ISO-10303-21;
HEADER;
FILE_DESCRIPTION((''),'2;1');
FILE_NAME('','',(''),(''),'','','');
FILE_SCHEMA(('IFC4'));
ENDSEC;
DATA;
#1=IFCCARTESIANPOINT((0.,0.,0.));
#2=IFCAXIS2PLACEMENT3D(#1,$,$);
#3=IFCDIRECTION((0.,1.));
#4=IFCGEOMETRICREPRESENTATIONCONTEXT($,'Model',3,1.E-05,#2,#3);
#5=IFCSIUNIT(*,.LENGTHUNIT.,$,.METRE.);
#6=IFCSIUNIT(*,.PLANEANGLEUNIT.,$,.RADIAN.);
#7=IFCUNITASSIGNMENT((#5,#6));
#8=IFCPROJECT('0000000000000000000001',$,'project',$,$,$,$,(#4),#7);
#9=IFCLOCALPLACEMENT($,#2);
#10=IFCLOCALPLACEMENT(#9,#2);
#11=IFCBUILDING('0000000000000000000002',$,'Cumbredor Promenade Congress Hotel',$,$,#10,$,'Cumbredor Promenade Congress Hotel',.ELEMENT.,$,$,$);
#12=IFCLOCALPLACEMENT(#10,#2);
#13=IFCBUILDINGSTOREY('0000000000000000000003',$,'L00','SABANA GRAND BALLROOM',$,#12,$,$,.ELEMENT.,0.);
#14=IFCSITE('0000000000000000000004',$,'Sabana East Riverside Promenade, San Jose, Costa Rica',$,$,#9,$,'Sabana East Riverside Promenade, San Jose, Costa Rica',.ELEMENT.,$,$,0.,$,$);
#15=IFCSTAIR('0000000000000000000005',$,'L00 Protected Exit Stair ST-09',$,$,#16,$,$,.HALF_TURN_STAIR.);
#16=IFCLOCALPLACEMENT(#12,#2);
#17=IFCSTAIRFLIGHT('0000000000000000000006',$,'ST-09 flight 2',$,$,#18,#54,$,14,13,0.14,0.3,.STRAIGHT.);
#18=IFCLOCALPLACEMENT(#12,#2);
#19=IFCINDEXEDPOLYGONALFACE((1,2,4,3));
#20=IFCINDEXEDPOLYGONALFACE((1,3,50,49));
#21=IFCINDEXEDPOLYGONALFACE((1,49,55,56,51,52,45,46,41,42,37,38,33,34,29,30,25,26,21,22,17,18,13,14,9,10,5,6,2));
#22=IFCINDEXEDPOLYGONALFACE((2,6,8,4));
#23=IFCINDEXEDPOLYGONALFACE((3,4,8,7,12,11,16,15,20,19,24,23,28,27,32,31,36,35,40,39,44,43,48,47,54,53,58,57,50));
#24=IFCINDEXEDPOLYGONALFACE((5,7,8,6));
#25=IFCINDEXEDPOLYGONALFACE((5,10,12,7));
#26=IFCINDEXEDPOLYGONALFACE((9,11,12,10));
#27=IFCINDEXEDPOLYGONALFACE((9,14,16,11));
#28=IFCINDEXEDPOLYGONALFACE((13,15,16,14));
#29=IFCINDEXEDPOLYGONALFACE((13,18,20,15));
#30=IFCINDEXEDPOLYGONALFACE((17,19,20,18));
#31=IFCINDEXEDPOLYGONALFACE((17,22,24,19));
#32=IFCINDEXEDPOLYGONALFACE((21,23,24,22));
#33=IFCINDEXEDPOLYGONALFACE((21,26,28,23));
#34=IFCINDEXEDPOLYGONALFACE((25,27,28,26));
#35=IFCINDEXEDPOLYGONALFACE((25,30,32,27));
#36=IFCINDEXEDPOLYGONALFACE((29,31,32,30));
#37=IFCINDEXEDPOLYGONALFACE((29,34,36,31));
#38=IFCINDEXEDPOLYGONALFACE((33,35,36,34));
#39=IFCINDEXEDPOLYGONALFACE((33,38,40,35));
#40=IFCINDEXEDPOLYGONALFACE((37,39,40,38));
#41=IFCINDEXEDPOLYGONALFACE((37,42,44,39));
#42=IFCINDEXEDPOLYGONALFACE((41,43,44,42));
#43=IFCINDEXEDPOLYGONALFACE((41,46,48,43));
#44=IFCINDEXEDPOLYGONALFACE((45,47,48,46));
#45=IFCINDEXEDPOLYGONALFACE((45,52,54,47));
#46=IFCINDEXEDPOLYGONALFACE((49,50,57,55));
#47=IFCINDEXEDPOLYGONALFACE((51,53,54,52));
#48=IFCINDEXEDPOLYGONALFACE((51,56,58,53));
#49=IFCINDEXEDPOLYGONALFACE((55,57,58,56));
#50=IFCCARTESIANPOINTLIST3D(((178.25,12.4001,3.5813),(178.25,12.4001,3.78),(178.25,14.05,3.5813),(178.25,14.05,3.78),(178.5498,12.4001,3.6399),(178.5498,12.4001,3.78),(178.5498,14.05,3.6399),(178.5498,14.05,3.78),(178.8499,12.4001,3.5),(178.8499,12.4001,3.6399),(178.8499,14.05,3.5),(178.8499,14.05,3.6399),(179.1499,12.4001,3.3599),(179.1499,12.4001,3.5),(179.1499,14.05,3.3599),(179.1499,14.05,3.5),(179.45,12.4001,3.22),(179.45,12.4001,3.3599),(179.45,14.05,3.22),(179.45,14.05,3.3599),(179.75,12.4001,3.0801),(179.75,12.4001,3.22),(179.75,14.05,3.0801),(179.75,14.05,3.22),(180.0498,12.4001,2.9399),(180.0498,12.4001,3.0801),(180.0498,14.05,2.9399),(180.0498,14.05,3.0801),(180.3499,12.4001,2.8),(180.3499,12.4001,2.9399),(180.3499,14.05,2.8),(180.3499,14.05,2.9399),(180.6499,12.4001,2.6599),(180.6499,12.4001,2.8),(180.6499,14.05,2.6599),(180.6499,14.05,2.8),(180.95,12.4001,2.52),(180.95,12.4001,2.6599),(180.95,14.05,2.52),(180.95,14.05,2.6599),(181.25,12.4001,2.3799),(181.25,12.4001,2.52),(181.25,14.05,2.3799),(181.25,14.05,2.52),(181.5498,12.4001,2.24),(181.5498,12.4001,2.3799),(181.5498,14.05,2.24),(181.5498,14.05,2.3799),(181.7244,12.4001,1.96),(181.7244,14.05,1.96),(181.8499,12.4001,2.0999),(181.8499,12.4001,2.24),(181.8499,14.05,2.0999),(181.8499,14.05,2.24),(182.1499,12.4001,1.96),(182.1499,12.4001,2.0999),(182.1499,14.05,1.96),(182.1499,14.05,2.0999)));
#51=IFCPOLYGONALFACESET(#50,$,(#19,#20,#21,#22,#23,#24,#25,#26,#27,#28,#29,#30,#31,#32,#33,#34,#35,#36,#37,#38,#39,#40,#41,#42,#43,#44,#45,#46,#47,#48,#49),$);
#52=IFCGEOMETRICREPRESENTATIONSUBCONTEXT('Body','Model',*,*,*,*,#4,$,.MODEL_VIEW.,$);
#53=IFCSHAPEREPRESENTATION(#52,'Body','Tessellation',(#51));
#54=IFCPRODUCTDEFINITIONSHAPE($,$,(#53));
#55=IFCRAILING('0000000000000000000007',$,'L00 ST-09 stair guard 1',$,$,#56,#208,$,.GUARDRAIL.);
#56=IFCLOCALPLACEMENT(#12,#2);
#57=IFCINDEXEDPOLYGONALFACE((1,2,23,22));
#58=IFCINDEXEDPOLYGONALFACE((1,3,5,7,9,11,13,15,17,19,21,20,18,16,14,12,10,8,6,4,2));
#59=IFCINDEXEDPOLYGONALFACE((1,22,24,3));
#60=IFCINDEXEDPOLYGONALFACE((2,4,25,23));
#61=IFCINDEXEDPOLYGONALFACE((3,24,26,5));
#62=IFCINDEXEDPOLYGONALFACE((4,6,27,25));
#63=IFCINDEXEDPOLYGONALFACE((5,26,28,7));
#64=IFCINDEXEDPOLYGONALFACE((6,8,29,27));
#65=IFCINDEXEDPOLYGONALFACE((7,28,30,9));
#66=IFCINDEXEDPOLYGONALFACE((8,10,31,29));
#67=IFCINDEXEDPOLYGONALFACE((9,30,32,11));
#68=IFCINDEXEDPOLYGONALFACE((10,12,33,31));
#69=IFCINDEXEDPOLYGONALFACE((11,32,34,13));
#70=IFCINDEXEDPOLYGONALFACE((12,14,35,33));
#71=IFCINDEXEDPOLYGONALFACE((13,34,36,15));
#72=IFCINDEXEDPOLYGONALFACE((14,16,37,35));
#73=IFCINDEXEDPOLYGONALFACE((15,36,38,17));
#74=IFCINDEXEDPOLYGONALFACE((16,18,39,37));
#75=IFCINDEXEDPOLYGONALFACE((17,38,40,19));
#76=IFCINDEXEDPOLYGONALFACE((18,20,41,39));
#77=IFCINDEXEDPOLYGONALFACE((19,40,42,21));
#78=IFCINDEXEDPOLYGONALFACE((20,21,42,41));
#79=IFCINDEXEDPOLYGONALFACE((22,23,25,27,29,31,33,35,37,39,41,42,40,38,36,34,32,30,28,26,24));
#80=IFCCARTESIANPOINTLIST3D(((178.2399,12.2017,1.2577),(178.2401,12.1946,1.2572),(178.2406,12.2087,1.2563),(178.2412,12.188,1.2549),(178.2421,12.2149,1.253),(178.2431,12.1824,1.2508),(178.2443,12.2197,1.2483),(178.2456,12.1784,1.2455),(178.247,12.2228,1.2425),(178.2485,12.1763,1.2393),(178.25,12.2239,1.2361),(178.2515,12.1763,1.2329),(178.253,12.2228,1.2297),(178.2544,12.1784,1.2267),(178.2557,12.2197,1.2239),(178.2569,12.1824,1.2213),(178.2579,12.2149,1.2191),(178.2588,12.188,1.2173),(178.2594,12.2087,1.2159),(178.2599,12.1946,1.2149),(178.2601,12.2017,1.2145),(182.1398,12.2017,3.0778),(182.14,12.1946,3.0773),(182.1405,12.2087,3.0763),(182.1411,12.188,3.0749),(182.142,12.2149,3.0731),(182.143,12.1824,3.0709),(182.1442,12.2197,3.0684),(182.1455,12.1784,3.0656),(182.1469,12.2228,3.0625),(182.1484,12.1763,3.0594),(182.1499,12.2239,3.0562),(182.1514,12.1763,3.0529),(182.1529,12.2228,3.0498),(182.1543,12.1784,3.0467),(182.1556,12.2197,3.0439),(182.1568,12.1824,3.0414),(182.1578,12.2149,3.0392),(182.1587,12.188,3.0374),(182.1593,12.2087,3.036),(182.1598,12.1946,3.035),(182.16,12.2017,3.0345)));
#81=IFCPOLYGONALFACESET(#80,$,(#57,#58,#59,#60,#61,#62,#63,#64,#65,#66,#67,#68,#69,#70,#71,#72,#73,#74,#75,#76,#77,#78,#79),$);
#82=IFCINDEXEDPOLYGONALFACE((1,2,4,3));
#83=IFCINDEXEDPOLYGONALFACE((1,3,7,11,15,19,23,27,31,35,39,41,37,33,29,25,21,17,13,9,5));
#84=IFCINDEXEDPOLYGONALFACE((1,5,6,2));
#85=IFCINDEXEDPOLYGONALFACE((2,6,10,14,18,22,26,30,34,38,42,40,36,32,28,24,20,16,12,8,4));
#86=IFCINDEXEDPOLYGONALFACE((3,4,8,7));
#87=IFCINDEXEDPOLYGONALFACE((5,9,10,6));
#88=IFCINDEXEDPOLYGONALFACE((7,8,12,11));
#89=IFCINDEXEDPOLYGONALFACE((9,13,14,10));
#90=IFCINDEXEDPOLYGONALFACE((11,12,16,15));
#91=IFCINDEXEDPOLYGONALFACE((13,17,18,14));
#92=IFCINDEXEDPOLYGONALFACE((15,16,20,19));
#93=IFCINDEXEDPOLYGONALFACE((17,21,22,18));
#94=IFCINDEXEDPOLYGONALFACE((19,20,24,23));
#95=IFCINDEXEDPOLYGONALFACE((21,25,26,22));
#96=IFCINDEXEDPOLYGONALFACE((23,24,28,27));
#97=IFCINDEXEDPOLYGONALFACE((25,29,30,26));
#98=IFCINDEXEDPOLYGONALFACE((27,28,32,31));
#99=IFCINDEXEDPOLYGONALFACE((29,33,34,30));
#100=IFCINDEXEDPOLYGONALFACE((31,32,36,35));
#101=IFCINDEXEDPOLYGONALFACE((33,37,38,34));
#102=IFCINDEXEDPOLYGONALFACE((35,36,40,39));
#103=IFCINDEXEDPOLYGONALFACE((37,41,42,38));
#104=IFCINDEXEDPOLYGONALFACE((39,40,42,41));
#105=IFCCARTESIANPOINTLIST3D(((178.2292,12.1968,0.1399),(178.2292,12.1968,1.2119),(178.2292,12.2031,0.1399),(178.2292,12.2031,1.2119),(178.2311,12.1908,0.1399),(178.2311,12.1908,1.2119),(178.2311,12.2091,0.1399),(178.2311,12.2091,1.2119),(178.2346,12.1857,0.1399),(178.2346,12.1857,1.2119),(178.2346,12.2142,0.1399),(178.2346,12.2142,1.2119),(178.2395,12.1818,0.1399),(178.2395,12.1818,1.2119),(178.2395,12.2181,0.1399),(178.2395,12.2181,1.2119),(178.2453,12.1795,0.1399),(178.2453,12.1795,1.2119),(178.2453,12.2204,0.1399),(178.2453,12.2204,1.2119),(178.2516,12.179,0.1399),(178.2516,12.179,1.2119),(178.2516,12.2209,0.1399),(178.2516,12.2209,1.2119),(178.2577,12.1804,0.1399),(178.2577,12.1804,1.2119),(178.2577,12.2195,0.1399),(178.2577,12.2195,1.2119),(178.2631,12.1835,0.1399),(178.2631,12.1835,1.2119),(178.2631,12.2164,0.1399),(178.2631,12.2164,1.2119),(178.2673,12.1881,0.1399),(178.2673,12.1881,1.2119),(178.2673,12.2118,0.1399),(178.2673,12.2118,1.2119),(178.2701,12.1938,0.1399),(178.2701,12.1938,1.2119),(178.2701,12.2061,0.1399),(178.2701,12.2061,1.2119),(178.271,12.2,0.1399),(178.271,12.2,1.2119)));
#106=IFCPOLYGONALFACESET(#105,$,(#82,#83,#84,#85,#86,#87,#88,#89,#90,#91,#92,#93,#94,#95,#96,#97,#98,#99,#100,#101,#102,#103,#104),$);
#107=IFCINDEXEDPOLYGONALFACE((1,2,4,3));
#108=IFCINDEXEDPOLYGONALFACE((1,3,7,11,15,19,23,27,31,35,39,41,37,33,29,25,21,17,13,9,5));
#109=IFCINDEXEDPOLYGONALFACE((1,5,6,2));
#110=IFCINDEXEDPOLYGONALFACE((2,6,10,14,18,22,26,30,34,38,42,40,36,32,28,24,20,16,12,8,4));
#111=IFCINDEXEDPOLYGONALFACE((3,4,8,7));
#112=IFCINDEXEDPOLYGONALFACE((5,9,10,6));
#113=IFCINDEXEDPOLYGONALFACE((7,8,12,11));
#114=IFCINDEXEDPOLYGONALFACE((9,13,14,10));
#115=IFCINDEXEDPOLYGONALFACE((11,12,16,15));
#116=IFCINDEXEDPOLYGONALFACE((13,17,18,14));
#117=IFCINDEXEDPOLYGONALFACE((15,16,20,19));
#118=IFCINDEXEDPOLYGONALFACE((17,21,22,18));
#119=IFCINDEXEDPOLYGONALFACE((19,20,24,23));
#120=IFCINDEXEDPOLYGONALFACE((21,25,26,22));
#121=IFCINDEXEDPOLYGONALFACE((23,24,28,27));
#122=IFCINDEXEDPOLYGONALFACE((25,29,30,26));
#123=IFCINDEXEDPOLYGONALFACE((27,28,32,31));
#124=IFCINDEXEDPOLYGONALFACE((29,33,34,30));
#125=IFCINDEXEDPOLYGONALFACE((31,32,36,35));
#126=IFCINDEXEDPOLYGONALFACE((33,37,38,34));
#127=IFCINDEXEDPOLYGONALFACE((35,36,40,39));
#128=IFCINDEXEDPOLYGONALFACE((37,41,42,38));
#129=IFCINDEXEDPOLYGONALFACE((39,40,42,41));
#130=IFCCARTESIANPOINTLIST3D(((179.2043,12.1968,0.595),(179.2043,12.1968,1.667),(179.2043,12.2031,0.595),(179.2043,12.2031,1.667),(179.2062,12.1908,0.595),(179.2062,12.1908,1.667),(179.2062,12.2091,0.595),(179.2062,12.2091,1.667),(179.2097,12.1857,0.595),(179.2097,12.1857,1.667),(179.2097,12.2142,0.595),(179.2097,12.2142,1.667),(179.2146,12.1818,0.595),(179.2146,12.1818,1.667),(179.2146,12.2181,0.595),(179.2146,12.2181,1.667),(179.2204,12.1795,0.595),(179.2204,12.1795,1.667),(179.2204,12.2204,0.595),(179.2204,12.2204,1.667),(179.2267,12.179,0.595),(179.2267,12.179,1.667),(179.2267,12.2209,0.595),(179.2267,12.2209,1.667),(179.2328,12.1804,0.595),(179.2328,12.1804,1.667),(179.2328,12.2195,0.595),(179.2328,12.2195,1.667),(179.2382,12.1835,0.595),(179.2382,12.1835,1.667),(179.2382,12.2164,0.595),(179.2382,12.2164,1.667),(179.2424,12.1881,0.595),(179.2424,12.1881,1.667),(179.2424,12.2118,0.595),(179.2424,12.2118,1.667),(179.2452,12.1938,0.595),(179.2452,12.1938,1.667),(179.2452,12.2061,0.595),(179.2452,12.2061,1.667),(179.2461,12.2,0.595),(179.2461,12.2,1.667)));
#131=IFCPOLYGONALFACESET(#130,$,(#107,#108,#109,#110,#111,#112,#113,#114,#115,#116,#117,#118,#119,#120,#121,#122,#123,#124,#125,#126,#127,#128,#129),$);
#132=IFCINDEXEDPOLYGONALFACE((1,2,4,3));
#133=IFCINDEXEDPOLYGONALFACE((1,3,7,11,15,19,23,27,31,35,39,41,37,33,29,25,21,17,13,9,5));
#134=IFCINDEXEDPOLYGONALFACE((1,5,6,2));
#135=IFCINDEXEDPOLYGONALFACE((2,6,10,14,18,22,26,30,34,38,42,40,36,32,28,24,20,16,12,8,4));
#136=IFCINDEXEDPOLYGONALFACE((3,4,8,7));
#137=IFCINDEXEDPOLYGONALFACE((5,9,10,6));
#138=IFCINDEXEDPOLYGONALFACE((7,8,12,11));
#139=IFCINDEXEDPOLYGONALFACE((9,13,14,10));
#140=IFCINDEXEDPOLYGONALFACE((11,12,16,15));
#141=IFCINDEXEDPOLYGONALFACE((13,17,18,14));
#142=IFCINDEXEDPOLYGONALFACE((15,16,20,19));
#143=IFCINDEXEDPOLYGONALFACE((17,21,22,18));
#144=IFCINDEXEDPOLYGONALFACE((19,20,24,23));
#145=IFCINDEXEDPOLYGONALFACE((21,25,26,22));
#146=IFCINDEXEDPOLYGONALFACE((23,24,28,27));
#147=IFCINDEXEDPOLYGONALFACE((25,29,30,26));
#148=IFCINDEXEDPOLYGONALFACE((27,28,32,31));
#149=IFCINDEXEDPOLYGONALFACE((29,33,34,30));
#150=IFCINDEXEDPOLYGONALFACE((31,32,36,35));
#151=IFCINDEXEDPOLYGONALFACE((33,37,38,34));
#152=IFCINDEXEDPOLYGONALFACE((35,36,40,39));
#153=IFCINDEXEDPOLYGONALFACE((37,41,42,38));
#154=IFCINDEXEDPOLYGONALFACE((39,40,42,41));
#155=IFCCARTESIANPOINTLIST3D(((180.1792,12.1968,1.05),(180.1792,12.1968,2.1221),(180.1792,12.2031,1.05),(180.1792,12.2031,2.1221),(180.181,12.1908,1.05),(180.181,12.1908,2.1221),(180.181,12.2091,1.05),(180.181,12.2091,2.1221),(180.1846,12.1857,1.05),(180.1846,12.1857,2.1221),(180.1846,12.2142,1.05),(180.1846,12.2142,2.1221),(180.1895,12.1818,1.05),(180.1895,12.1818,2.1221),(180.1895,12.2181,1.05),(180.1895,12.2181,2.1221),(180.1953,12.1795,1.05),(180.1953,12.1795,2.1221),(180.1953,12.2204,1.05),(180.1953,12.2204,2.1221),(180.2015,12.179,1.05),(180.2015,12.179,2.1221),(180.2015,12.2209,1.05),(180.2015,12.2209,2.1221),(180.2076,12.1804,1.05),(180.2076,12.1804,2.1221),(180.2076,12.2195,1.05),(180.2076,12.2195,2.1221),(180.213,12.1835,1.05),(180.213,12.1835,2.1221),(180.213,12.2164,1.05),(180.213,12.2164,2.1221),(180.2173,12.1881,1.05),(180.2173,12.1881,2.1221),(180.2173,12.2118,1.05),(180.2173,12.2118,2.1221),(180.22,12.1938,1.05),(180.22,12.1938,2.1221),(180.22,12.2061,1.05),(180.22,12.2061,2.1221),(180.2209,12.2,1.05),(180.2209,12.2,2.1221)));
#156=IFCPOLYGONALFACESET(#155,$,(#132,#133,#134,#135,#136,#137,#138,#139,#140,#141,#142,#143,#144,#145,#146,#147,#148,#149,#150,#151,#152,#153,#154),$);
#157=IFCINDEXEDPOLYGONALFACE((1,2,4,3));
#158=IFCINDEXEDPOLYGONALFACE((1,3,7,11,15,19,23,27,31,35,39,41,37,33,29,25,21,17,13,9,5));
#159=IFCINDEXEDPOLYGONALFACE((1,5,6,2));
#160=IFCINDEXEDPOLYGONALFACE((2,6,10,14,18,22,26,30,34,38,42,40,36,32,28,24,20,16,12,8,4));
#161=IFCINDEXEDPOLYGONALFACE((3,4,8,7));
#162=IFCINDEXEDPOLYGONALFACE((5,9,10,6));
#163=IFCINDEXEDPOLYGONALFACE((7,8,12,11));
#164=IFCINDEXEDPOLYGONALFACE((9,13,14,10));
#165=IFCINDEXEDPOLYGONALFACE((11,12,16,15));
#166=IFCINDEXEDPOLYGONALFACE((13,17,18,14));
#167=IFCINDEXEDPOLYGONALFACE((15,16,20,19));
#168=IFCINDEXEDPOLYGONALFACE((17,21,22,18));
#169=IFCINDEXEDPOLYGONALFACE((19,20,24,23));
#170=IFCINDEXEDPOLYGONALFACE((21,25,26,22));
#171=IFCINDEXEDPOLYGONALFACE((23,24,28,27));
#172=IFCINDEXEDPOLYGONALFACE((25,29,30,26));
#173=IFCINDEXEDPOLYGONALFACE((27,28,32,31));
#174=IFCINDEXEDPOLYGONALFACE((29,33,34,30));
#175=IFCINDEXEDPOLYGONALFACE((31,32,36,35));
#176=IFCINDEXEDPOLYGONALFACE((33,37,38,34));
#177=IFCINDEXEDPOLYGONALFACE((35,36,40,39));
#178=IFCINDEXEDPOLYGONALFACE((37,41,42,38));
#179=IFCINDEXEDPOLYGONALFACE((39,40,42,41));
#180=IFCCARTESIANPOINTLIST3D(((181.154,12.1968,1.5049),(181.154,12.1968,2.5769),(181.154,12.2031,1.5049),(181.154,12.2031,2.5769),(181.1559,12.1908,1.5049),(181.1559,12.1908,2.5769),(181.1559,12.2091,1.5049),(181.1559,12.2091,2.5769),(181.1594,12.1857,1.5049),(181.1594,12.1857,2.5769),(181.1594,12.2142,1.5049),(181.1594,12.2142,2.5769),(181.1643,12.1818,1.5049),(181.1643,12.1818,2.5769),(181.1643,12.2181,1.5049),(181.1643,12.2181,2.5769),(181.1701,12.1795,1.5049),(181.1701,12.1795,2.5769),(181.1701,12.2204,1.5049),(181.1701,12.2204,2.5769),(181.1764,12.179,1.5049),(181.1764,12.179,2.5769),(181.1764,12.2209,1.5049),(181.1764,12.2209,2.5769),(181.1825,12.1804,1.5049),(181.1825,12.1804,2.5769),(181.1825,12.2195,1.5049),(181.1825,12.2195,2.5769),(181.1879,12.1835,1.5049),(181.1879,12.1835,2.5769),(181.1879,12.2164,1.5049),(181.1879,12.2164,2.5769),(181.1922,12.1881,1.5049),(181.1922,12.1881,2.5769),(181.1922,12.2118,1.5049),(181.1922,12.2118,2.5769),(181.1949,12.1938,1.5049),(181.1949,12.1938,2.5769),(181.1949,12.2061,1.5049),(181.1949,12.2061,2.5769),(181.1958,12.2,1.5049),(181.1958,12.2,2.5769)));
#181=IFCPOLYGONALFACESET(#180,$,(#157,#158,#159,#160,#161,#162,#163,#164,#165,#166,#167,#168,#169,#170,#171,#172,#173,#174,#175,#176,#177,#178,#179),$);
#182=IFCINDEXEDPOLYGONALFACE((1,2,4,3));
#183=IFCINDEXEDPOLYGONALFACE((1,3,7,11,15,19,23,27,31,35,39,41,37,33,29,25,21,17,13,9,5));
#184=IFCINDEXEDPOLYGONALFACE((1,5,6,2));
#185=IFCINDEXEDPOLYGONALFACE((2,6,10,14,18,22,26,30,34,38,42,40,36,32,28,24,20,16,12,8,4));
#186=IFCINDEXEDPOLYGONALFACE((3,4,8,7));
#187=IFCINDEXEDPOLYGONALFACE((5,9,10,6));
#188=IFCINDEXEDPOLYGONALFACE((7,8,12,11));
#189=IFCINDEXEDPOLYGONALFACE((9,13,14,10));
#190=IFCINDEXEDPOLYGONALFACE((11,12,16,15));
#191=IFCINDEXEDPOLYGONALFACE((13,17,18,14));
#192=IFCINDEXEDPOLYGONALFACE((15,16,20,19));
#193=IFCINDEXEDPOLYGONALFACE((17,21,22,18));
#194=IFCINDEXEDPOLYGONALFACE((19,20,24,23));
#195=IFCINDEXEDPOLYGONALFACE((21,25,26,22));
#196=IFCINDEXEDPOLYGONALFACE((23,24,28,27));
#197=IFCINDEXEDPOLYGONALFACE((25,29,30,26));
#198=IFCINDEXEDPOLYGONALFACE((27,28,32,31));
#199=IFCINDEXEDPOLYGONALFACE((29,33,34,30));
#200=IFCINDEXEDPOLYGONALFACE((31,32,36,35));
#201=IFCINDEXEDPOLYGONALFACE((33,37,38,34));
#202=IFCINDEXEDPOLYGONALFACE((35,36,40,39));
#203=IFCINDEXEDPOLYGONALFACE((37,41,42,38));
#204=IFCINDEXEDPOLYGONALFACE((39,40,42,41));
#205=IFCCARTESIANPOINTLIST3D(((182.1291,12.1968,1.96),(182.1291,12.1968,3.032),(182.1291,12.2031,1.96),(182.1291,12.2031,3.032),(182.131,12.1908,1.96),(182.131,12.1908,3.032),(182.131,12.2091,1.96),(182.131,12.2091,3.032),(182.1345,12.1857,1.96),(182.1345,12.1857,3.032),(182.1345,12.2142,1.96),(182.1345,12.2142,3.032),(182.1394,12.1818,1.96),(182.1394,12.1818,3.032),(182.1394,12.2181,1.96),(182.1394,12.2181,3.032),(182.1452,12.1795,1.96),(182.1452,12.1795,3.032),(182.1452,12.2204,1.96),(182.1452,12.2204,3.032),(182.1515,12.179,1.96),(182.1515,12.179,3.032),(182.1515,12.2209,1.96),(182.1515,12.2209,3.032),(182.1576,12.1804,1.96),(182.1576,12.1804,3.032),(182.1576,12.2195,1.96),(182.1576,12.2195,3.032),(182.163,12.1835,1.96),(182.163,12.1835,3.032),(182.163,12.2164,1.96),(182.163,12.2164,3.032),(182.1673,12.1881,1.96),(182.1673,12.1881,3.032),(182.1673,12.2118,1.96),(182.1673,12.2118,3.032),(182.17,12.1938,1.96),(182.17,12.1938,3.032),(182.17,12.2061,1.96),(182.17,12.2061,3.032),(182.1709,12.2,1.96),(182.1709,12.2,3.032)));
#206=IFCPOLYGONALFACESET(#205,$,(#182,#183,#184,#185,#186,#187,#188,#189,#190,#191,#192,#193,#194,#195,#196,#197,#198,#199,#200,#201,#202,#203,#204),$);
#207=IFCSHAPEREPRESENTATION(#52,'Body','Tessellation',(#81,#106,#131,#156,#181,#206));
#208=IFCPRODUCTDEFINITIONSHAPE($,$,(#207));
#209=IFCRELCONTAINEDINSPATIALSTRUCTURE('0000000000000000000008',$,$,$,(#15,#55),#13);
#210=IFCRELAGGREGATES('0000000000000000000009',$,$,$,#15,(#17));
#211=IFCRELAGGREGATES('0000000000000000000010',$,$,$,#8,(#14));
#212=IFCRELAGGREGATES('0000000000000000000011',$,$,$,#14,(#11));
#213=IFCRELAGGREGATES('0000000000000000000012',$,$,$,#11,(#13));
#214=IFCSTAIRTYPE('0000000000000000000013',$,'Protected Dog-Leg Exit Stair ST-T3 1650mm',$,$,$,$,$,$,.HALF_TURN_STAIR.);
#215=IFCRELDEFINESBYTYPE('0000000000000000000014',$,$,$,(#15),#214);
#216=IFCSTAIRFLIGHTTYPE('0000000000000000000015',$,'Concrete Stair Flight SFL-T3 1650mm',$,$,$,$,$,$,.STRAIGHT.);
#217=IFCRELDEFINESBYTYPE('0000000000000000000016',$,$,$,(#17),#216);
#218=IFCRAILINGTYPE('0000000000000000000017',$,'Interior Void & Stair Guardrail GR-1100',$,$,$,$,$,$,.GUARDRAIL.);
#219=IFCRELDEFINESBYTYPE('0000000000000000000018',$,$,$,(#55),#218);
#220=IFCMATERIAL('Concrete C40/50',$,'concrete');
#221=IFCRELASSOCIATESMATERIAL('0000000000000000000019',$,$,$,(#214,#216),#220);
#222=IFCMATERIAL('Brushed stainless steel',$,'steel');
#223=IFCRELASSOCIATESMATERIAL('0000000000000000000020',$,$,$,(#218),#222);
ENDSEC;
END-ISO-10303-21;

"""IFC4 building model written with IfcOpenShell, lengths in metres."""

from ifc_helpers import new_model, si_unit, direction, frame, origin, origin_2d, place, context, subcontext, project, spatial, polyline, circle, outline, extrude, material, type_object, element, aggregate, save


model = new_model("IFC4")

# Units and contexts
model_context = context("Model", 3, precision=1e-05, world=origin(), true_north=direction((0.0, 1.0)))
body_context = subcontext(model_context, "Body", "Model", "MODEL_VIEW")
ifc_project = project(units=[si_unit("LENGTHUNIT", "METRE"), si_unit("PLANEANGLEUNIT", "RADIAN")], contexts=[model_context])

# Site, building, storey
site_placement = place(None, origin())
site = spatial("IfcSite", under=ifc_project, at=site_placement, Name="Sabana East Riverside Promenade, San Jose, Costa Rica", LongName="Sabana East Riverside Promenade, San Jose, Costa Rica", CompositionType="ELEMENT", RefElevation=0.0)
building_placement = place(site_placement, origin())
building = spatial("IfcBuilding", under=site, at=building_placement, Name="Cumbredor Promenade Congress Hotel", LongName="Cumbredor Promenade Congress Hotel", CompositionType="ELEMENT")
storey_placement = place(building_placement, origin())
storey = spatial("IfcBuildingStorey", under=building, at=storey_placement, Name="L00", Description="SABANA GRAND BALLROOM", CompositionType="ELEMENT", Elevation=0.0)

# Shared definitions
ifc_material_1 = material(Name="Concrete C40/50", Category="concrete")

# Stair, stair flight
stair_type = type_object("IfcStairType", Name="Protected Dog-Leg Exit Stair ST-T3 1650mm", PredefinedType="HALF_TURN_STAIR", material=ifc_material_1)
stair_placement = place(storey_placement, origin())
stair = element("IfcStair", 1, at=stair_placement, inside=storey, type_object=stair_type, Name="L00 Protected Exit Stair ST-09", PredefinedType="HALF_TURN_STAIR")
stair_flight_type = type_object("IfcStairFlightType", Name="Concrete Stair Flight SFL-T3 1650mm", PredefinedType="STRAIGHT", material=ifc_material_1)
stair_flight_1_placement = place(storey_placement, frame((182.1499, 13.2251, 1.96), z_axis=(0.0, 0.0, 1.0), x_axis=(-1.0, 0.0, 0.0)))
stair_flight_1 = element("IfcStairFlight", 2, at=stair_flight_1_placement, type_object=stair_flight_type, Name="ST-09 flight 2", NumberOfRisers=14, NumberOfTreads=13, PredefinedType="STRAIGHT", RiserHeight=0.14, TreadLength=0.3, context=body_context, shape_type="SweptSolid", body=[
    extrude(outline(polyline([(0.0, 0.0), (0.0, 0.1399), (0.3, 0.1399), (0.3, 0.28), (0.6001, 0.28), (0.6001, 0.4199), (0.8999, 0.4199), (0.8999, 0.5601), (1.2, 0.5601), (1.2, 0.7), (1.5, 0.7), (1.5, 0.8401), (1.8, 0.8401), (1.8, 0.98), (2.1001, 0.98), (2.1001, 1.1201), (2.3999, 1.1201), (2.3999, 1.26), (2.7, 1.26), (2.7, 1.3999), (3.0, 1.3999), (3.0, 1.54), (3.3, 1.54), (3.3, 1.6799), (3.6001, 1.6799), (3.6001, 1.8201), (3.8999, 1.8201), (3.8999, 1.96), (3.8999, 1.6213), (0.4255, 0.0), (0.0, 0.0)])), frame((0.0, 0.825, 0.0), z_axis=(0.0, -1.0, 0.0), x_axis=(1.0, 0.0, 0.0)), (0.0, 0.0, 1.0), 1.6499),
])
aggregate(stair, [stair_flight_1])

# Railing
ifc_material_2 = material(Name="Brushed stainless steel", Category="steel")
railing_type_1 = type_object("IfcRailingType", Name="Interior Void & Stair Guardrail GR-1100", PredefinedType="GUARDRAIL", material=ifc_material_2)
railing_1_placement = place(storey_placement, frame((178.25, 12.2, 0.1399)))
element("IfcRailing", 3, at=railing_1_placement, inside=storey, type_object=railing_type_1, Name="L00 ST-09 stair guard 1", PredefinedType="GUARDRAIL", context=body_context, shape_type="SweptSolid", body=[
    extrude(circle(Radius=0.0239, at=origin_2d()), frame((0.0, 0.0, 1.0962), z_axis=(0.906173, 0.0, 0.422907), x_axis=(0.0, 1.0, 0.0)), (0.0, 0.0, 1.0), 4.3037),
    extrude(circle(Radius=0.021, at=origin_2d()), origin(), (0.0, 0.0, 1.0), 1.072),
    extrude(circle(Radius=0.021, at=origin_2d()), frame((0.9751, 0.0, 0.4551)), (0.0, 0.0, 1.0), 1.072),
    extrude(circle(Radius=0.021, at=origin_2d()), frame((1.95, 0.0, 0.9102)), (0.0, 0.0, 1.0), 1.072),
    extrude(circle(Radius=0.021, at=origin_2d()), frame((2.9248, 0.0, 1.365)), (0.0, 0.0, 1.0), 1.072),
    extrude(circle(Radius=0.021, at=origin_2d()), frame((3.8999, 0.0, 1.8201)), (0.0, 0.0, 1.0), 1.072),
])

save(model, "model.ifc")
